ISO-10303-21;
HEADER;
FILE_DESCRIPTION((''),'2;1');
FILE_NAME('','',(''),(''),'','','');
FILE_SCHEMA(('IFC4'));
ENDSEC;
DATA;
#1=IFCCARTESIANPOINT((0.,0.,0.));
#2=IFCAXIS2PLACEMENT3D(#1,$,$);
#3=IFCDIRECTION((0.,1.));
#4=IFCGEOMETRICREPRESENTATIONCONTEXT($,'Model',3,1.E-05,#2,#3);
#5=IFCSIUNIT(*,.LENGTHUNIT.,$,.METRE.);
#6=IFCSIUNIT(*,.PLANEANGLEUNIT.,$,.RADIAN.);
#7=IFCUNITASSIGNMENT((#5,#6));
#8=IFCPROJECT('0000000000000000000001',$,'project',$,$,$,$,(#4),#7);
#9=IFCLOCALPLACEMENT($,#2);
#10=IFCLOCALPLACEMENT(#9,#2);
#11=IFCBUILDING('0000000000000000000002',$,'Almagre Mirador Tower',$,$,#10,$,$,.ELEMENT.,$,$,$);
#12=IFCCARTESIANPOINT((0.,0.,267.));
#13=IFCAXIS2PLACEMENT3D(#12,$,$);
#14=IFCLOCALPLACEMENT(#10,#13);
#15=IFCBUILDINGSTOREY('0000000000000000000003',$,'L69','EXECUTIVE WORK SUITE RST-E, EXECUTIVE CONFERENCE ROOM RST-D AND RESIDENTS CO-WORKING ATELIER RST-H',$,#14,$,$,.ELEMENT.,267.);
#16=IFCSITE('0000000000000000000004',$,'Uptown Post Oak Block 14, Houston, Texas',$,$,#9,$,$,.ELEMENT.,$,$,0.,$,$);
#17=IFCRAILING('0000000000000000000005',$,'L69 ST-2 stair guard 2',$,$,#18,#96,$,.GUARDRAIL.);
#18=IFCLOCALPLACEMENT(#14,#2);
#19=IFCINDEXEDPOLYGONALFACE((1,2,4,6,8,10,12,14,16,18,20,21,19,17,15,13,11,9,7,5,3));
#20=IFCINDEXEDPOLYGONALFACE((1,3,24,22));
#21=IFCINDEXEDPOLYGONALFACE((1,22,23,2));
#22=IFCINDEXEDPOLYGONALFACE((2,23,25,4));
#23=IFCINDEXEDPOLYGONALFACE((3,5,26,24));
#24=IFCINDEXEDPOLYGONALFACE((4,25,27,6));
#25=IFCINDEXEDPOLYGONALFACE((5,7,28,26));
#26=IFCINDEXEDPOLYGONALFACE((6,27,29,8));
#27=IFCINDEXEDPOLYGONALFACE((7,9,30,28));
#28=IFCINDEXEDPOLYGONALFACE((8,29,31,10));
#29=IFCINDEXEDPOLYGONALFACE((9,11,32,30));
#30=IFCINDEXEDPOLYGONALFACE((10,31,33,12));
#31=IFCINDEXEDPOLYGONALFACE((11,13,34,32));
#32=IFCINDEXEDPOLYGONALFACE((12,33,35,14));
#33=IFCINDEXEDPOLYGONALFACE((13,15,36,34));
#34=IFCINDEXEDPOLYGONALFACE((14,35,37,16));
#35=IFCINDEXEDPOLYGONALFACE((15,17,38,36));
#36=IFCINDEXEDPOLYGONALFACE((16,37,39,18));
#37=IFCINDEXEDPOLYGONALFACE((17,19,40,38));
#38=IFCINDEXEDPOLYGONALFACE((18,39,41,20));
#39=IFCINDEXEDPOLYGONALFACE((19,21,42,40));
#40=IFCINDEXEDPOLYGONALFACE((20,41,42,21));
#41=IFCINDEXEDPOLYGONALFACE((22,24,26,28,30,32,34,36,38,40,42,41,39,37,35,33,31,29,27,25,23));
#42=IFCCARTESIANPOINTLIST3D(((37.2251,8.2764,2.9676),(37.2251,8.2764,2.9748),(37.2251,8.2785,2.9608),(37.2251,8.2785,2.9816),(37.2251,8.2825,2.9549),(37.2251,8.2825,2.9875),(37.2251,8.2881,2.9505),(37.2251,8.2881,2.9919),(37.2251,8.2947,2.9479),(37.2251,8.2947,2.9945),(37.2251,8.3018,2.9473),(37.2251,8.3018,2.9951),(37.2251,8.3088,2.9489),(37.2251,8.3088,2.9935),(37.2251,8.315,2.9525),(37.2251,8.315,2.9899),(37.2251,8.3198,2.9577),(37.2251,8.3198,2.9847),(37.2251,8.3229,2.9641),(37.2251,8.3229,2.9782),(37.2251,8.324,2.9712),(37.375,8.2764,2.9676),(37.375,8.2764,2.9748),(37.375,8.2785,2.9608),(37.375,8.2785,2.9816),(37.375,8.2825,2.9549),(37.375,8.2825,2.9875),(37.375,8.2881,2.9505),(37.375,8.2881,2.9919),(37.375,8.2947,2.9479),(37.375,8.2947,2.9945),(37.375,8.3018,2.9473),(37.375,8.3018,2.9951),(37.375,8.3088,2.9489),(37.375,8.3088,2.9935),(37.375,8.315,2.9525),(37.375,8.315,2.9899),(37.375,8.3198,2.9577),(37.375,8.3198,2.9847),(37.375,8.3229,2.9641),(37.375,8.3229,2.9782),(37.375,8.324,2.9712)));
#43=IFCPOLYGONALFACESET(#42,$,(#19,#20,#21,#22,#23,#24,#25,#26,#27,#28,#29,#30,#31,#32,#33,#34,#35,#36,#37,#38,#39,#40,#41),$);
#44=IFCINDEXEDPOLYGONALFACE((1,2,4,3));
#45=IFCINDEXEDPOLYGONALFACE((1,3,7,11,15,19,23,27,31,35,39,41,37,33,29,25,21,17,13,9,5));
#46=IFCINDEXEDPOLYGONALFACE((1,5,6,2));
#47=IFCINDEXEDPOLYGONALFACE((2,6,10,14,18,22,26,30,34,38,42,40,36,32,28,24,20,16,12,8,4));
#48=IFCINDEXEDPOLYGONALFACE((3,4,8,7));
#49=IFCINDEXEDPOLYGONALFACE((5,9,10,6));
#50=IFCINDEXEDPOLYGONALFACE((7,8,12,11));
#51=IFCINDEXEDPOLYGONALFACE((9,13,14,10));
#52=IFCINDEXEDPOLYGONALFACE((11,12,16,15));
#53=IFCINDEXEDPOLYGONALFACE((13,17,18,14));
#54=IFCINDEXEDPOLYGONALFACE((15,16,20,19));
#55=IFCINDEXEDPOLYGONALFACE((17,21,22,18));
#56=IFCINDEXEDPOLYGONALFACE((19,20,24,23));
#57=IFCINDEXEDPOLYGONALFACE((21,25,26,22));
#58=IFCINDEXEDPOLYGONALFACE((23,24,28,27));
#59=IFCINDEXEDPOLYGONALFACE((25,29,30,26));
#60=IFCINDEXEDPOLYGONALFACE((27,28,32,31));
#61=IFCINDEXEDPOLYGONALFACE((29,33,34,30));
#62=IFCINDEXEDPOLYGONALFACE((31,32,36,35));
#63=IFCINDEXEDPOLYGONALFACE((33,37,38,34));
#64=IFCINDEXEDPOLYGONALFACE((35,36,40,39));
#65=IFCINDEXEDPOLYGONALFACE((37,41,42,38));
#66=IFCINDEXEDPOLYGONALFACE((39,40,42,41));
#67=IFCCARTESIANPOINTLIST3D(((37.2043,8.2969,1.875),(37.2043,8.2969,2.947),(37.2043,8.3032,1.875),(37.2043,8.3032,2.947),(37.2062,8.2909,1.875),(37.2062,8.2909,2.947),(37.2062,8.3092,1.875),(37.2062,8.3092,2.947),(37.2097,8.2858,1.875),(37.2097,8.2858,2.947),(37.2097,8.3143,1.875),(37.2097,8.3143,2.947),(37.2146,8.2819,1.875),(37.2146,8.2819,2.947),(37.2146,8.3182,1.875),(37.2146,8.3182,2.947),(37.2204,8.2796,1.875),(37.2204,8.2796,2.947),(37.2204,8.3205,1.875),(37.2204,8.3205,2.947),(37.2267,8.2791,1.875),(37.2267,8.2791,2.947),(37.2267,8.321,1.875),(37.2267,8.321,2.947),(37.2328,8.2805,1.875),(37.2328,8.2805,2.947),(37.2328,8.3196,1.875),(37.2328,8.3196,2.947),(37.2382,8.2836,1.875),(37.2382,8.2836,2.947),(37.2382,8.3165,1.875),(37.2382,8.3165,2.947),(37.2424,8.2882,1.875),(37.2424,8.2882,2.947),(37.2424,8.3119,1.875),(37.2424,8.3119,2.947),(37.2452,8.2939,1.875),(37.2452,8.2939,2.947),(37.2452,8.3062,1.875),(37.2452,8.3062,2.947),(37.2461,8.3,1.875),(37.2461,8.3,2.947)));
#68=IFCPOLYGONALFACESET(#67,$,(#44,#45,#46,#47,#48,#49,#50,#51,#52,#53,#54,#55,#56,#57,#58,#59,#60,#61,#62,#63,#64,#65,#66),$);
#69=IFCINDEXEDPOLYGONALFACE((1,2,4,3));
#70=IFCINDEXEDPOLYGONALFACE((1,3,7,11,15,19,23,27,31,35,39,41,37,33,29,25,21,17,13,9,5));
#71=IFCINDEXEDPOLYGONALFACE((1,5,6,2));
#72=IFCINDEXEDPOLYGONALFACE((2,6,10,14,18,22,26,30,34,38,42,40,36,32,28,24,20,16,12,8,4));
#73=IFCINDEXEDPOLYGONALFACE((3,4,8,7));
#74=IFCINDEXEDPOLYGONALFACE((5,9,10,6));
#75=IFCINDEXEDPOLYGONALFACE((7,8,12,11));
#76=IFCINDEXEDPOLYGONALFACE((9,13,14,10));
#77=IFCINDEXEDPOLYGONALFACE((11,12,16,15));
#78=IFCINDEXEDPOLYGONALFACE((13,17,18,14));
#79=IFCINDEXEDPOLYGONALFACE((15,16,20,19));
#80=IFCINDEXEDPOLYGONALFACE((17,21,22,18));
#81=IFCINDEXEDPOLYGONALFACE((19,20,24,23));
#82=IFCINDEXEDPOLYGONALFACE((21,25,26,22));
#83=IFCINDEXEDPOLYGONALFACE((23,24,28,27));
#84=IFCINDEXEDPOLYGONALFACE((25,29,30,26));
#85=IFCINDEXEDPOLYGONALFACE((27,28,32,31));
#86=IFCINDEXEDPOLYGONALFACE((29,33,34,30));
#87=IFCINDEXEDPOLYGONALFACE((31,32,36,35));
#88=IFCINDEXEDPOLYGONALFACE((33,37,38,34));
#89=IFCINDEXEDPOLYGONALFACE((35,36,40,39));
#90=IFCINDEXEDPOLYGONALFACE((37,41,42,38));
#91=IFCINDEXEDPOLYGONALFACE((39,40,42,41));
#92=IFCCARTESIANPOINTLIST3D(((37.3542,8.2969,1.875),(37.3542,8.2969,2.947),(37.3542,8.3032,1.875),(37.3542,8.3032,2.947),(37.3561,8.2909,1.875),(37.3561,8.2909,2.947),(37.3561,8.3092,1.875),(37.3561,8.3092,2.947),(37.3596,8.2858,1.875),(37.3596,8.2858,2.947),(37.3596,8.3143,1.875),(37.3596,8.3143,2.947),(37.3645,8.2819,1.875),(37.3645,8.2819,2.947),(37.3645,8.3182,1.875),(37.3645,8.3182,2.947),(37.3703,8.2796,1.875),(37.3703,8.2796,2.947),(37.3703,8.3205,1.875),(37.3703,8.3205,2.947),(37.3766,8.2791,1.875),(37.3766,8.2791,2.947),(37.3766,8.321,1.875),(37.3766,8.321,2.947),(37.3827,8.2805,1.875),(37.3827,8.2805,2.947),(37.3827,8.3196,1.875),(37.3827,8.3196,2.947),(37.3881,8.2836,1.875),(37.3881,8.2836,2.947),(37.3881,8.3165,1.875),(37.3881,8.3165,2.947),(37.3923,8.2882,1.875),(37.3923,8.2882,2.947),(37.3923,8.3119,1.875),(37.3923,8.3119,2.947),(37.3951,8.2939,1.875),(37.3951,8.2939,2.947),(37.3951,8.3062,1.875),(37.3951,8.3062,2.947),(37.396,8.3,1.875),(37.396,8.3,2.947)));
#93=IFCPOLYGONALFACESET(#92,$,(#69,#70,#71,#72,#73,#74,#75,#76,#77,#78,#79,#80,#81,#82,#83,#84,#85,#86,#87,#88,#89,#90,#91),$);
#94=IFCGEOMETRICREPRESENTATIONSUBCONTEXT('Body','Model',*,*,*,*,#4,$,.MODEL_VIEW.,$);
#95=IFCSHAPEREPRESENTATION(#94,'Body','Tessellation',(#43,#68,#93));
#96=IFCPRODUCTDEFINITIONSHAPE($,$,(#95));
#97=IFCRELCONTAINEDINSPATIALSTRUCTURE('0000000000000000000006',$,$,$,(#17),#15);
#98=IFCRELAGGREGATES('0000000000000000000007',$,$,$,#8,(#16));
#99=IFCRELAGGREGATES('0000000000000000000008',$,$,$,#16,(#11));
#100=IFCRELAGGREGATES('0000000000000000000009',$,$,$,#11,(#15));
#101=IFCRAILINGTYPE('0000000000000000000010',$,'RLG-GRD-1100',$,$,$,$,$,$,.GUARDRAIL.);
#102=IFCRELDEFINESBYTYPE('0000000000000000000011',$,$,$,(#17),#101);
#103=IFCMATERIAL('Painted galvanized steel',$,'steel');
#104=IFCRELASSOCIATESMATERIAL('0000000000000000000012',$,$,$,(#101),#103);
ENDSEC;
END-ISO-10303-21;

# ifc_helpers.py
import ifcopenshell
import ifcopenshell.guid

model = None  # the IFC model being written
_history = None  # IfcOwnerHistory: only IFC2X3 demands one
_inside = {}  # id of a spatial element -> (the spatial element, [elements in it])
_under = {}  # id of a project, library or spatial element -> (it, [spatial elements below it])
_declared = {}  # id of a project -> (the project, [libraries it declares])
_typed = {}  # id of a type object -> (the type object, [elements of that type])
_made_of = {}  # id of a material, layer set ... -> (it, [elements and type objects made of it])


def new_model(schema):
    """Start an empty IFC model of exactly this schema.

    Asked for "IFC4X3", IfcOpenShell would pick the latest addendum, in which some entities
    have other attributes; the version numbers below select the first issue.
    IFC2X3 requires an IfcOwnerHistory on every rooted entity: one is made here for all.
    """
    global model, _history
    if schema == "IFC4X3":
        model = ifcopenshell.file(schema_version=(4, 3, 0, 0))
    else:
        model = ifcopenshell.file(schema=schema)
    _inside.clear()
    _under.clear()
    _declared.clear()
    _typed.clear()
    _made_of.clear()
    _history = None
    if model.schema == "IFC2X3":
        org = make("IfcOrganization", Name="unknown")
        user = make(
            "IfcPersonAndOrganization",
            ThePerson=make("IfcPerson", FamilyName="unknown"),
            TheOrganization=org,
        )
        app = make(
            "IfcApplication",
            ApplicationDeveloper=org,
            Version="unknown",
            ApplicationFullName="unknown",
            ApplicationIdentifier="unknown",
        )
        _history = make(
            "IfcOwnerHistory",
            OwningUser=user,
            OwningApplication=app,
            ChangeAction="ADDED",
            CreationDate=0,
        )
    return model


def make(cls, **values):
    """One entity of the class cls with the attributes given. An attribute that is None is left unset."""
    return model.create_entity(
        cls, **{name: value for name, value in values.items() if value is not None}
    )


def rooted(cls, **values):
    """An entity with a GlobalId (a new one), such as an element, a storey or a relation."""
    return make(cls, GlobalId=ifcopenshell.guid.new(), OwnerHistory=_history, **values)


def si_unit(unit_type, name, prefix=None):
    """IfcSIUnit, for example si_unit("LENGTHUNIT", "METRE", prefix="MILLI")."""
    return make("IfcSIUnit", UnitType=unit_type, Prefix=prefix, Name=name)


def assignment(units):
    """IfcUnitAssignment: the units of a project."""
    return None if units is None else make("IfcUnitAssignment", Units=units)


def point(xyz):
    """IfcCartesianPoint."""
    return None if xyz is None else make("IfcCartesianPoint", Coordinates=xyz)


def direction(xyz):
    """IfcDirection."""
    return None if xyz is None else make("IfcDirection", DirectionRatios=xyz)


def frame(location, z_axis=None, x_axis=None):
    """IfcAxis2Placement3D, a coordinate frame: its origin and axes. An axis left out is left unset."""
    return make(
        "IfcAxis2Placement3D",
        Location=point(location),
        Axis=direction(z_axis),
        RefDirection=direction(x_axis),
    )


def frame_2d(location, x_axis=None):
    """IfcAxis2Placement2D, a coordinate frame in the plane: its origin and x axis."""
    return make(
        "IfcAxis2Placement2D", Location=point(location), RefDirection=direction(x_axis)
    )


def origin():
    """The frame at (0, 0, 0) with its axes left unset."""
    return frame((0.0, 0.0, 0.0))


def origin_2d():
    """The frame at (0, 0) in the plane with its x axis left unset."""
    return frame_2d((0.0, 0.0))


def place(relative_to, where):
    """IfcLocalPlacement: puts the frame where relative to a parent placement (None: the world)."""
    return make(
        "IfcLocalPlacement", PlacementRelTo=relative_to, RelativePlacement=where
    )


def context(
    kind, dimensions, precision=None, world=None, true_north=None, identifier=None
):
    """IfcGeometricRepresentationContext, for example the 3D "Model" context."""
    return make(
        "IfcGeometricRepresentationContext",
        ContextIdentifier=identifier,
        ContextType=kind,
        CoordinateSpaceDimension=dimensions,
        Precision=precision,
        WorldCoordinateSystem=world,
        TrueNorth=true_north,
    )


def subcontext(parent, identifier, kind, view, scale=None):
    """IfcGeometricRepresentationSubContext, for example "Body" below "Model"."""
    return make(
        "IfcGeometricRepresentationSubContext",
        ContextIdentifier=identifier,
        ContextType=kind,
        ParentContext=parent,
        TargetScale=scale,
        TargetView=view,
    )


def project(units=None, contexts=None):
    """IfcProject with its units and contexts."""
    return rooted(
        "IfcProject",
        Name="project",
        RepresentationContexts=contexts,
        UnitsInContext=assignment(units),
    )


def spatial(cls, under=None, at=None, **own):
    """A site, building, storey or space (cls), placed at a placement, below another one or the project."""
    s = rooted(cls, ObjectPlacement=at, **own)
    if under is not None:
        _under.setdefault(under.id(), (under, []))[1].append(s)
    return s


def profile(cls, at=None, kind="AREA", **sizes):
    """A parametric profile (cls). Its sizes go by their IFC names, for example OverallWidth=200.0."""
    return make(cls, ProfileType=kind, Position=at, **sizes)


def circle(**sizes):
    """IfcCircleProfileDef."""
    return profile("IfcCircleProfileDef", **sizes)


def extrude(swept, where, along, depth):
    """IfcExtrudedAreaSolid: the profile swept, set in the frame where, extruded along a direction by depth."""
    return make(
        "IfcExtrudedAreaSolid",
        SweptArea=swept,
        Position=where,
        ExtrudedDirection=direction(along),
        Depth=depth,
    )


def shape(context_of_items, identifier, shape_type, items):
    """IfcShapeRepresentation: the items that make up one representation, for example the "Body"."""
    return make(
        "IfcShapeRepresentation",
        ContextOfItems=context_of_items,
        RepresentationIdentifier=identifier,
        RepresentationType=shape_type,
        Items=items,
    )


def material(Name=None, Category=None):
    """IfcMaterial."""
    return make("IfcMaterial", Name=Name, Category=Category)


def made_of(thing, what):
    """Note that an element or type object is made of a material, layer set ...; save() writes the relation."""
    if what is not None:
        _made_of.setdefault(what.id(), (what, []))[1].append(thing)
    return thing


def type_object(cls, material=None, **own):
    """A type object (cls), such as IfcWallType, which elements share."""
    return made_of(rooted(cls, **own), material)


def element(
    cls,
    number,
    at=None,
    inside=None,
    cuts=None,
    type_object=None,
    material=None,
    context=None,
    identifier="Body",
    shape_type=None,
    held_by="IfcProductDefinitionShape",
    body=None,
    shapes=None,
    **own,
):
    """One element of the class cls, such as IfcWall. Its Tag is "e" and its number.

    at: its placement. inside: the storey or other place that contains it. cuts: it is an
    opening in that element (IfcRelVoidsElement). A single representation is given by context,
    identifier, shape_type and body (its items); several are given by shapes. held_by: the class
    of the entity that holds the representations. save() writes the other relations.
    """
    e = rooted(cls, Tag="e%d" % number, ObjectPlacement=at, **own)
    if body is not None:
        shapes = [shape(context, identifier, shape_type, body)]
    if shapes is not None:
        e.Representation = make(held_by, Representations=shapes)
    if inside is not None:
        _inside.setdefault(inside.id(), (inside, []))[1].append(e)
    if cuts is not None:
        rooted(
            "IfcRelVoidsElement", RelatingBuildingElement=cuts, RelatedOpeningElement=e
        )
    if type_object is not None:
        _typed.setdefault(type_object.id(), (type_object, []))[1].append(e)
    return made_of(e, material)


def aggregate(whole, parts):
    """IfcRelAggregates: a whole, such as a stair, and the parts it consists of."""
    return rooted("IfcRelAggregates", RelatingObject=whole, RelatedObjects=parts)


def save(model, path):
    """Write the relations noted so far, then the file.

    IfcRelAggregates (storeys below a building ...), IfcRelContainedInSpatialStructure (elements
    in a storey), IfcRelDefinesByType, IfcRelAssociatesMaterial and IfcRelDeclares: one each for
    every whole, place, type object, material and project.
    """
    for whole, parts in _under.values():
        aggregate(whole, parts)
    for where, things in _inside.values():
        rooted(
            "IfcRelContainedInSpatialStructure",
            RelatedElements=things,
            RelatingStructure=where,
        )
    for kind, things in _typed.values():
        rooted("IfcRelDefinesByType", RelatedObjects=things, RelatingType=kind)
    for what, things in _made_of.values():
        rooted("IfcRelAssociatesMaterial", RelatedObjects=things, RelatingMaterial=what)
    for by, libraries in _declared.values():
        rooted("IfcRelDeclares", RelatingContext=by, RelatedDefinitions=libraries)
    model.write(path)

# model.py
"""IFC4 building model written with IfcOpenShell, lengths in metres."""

from ifc_helpers import new_model, si_unit, direction, frame, origin, origin_2d, place, context, subcontext, project, spatial, circle, extrude, material, type_object, element, save


model = new_model("IFC4")

# Units and contexts
model_context = context("Model", 3, precision=1e-05, world=origin(), true_north=direction((0.0, 1.0)))
body_context = subcontext(model_context, "Body", "Model", "MODEL_VIEW")
ifc_project = project(units=[si_unit("LENGTHUNIT", "METRE"), si_unit("PLANEANGLEUNIT", "RADIAN")], contexts=[model_context])

# Site, building, storey
site_placement = place(None, origin())
site = spatial("IfcSite", under=ifc_project, at=site_placement, Name="Uptown Post Oak Block 14, Houston, Texas", CompositionType="ELEMENT", RefElevation=0.0)
building_placement = place(site_placement, origin())
building = spatial("IfcBuilding", under=site, at=building_placement, Name="Almagre Mirador Tower", CompositionType="ELEMENT")
storey_placement = place(building_placement, frame((0.0, 0.0, 267.0)))
storey = spatial("IfcBuildingStorey", under=building, at=storey_placement, Name="L69", Description="EXECUTIVE WORK SUITE RST-E, EXECUTIVE CONFERENCE ROOM RST-D AND RESIDENTS CO-WORKING ATELIER RST-H", CompositionType="ELEMENT", Elevation=267.0)

# Railing
ifc_material_1 = material(Name="Painted galvanized steel", Category="steel")
railing_type_1 = type_object("IfcRailingType", Name="RLG-GRD-1100", PredefinedType="GUARDRAIL", material=ifc_material_1)
railing_1_placement = place(storey_placement, frame((37.2251, 8.3, 1.875)))
element("IfcRailing", 1, at=railing_1_placement, inside=storey, type_object=railing_type_1, Name="L69 ST-2 stair guard 2", PredefinedType="GUARDRAIL", context=body_context, shape_type="SweptSolid", body=[
    extrude(circle(Radius=0.0239, at=origin_2d()), frame((0.0, 0.0, 1.0962), z_axis=(1.0, 0.0, 0.0), x_axis=(0.0, 1.0, 0.0)), (0.0, 0.0, 1.0), 0.1499),
    extrude(circle(Radius=0.021, at=origin_2d()), origin(), (0.0, 0.0, 1.0), 1.072),
    extrude(circle(Radius=0.021, at=origin_2d()), frame((0.1499, 0.0, 0.0)), (0.0, 0.0, 1.0), 1.072),
])

save(model, "model.ifc")
